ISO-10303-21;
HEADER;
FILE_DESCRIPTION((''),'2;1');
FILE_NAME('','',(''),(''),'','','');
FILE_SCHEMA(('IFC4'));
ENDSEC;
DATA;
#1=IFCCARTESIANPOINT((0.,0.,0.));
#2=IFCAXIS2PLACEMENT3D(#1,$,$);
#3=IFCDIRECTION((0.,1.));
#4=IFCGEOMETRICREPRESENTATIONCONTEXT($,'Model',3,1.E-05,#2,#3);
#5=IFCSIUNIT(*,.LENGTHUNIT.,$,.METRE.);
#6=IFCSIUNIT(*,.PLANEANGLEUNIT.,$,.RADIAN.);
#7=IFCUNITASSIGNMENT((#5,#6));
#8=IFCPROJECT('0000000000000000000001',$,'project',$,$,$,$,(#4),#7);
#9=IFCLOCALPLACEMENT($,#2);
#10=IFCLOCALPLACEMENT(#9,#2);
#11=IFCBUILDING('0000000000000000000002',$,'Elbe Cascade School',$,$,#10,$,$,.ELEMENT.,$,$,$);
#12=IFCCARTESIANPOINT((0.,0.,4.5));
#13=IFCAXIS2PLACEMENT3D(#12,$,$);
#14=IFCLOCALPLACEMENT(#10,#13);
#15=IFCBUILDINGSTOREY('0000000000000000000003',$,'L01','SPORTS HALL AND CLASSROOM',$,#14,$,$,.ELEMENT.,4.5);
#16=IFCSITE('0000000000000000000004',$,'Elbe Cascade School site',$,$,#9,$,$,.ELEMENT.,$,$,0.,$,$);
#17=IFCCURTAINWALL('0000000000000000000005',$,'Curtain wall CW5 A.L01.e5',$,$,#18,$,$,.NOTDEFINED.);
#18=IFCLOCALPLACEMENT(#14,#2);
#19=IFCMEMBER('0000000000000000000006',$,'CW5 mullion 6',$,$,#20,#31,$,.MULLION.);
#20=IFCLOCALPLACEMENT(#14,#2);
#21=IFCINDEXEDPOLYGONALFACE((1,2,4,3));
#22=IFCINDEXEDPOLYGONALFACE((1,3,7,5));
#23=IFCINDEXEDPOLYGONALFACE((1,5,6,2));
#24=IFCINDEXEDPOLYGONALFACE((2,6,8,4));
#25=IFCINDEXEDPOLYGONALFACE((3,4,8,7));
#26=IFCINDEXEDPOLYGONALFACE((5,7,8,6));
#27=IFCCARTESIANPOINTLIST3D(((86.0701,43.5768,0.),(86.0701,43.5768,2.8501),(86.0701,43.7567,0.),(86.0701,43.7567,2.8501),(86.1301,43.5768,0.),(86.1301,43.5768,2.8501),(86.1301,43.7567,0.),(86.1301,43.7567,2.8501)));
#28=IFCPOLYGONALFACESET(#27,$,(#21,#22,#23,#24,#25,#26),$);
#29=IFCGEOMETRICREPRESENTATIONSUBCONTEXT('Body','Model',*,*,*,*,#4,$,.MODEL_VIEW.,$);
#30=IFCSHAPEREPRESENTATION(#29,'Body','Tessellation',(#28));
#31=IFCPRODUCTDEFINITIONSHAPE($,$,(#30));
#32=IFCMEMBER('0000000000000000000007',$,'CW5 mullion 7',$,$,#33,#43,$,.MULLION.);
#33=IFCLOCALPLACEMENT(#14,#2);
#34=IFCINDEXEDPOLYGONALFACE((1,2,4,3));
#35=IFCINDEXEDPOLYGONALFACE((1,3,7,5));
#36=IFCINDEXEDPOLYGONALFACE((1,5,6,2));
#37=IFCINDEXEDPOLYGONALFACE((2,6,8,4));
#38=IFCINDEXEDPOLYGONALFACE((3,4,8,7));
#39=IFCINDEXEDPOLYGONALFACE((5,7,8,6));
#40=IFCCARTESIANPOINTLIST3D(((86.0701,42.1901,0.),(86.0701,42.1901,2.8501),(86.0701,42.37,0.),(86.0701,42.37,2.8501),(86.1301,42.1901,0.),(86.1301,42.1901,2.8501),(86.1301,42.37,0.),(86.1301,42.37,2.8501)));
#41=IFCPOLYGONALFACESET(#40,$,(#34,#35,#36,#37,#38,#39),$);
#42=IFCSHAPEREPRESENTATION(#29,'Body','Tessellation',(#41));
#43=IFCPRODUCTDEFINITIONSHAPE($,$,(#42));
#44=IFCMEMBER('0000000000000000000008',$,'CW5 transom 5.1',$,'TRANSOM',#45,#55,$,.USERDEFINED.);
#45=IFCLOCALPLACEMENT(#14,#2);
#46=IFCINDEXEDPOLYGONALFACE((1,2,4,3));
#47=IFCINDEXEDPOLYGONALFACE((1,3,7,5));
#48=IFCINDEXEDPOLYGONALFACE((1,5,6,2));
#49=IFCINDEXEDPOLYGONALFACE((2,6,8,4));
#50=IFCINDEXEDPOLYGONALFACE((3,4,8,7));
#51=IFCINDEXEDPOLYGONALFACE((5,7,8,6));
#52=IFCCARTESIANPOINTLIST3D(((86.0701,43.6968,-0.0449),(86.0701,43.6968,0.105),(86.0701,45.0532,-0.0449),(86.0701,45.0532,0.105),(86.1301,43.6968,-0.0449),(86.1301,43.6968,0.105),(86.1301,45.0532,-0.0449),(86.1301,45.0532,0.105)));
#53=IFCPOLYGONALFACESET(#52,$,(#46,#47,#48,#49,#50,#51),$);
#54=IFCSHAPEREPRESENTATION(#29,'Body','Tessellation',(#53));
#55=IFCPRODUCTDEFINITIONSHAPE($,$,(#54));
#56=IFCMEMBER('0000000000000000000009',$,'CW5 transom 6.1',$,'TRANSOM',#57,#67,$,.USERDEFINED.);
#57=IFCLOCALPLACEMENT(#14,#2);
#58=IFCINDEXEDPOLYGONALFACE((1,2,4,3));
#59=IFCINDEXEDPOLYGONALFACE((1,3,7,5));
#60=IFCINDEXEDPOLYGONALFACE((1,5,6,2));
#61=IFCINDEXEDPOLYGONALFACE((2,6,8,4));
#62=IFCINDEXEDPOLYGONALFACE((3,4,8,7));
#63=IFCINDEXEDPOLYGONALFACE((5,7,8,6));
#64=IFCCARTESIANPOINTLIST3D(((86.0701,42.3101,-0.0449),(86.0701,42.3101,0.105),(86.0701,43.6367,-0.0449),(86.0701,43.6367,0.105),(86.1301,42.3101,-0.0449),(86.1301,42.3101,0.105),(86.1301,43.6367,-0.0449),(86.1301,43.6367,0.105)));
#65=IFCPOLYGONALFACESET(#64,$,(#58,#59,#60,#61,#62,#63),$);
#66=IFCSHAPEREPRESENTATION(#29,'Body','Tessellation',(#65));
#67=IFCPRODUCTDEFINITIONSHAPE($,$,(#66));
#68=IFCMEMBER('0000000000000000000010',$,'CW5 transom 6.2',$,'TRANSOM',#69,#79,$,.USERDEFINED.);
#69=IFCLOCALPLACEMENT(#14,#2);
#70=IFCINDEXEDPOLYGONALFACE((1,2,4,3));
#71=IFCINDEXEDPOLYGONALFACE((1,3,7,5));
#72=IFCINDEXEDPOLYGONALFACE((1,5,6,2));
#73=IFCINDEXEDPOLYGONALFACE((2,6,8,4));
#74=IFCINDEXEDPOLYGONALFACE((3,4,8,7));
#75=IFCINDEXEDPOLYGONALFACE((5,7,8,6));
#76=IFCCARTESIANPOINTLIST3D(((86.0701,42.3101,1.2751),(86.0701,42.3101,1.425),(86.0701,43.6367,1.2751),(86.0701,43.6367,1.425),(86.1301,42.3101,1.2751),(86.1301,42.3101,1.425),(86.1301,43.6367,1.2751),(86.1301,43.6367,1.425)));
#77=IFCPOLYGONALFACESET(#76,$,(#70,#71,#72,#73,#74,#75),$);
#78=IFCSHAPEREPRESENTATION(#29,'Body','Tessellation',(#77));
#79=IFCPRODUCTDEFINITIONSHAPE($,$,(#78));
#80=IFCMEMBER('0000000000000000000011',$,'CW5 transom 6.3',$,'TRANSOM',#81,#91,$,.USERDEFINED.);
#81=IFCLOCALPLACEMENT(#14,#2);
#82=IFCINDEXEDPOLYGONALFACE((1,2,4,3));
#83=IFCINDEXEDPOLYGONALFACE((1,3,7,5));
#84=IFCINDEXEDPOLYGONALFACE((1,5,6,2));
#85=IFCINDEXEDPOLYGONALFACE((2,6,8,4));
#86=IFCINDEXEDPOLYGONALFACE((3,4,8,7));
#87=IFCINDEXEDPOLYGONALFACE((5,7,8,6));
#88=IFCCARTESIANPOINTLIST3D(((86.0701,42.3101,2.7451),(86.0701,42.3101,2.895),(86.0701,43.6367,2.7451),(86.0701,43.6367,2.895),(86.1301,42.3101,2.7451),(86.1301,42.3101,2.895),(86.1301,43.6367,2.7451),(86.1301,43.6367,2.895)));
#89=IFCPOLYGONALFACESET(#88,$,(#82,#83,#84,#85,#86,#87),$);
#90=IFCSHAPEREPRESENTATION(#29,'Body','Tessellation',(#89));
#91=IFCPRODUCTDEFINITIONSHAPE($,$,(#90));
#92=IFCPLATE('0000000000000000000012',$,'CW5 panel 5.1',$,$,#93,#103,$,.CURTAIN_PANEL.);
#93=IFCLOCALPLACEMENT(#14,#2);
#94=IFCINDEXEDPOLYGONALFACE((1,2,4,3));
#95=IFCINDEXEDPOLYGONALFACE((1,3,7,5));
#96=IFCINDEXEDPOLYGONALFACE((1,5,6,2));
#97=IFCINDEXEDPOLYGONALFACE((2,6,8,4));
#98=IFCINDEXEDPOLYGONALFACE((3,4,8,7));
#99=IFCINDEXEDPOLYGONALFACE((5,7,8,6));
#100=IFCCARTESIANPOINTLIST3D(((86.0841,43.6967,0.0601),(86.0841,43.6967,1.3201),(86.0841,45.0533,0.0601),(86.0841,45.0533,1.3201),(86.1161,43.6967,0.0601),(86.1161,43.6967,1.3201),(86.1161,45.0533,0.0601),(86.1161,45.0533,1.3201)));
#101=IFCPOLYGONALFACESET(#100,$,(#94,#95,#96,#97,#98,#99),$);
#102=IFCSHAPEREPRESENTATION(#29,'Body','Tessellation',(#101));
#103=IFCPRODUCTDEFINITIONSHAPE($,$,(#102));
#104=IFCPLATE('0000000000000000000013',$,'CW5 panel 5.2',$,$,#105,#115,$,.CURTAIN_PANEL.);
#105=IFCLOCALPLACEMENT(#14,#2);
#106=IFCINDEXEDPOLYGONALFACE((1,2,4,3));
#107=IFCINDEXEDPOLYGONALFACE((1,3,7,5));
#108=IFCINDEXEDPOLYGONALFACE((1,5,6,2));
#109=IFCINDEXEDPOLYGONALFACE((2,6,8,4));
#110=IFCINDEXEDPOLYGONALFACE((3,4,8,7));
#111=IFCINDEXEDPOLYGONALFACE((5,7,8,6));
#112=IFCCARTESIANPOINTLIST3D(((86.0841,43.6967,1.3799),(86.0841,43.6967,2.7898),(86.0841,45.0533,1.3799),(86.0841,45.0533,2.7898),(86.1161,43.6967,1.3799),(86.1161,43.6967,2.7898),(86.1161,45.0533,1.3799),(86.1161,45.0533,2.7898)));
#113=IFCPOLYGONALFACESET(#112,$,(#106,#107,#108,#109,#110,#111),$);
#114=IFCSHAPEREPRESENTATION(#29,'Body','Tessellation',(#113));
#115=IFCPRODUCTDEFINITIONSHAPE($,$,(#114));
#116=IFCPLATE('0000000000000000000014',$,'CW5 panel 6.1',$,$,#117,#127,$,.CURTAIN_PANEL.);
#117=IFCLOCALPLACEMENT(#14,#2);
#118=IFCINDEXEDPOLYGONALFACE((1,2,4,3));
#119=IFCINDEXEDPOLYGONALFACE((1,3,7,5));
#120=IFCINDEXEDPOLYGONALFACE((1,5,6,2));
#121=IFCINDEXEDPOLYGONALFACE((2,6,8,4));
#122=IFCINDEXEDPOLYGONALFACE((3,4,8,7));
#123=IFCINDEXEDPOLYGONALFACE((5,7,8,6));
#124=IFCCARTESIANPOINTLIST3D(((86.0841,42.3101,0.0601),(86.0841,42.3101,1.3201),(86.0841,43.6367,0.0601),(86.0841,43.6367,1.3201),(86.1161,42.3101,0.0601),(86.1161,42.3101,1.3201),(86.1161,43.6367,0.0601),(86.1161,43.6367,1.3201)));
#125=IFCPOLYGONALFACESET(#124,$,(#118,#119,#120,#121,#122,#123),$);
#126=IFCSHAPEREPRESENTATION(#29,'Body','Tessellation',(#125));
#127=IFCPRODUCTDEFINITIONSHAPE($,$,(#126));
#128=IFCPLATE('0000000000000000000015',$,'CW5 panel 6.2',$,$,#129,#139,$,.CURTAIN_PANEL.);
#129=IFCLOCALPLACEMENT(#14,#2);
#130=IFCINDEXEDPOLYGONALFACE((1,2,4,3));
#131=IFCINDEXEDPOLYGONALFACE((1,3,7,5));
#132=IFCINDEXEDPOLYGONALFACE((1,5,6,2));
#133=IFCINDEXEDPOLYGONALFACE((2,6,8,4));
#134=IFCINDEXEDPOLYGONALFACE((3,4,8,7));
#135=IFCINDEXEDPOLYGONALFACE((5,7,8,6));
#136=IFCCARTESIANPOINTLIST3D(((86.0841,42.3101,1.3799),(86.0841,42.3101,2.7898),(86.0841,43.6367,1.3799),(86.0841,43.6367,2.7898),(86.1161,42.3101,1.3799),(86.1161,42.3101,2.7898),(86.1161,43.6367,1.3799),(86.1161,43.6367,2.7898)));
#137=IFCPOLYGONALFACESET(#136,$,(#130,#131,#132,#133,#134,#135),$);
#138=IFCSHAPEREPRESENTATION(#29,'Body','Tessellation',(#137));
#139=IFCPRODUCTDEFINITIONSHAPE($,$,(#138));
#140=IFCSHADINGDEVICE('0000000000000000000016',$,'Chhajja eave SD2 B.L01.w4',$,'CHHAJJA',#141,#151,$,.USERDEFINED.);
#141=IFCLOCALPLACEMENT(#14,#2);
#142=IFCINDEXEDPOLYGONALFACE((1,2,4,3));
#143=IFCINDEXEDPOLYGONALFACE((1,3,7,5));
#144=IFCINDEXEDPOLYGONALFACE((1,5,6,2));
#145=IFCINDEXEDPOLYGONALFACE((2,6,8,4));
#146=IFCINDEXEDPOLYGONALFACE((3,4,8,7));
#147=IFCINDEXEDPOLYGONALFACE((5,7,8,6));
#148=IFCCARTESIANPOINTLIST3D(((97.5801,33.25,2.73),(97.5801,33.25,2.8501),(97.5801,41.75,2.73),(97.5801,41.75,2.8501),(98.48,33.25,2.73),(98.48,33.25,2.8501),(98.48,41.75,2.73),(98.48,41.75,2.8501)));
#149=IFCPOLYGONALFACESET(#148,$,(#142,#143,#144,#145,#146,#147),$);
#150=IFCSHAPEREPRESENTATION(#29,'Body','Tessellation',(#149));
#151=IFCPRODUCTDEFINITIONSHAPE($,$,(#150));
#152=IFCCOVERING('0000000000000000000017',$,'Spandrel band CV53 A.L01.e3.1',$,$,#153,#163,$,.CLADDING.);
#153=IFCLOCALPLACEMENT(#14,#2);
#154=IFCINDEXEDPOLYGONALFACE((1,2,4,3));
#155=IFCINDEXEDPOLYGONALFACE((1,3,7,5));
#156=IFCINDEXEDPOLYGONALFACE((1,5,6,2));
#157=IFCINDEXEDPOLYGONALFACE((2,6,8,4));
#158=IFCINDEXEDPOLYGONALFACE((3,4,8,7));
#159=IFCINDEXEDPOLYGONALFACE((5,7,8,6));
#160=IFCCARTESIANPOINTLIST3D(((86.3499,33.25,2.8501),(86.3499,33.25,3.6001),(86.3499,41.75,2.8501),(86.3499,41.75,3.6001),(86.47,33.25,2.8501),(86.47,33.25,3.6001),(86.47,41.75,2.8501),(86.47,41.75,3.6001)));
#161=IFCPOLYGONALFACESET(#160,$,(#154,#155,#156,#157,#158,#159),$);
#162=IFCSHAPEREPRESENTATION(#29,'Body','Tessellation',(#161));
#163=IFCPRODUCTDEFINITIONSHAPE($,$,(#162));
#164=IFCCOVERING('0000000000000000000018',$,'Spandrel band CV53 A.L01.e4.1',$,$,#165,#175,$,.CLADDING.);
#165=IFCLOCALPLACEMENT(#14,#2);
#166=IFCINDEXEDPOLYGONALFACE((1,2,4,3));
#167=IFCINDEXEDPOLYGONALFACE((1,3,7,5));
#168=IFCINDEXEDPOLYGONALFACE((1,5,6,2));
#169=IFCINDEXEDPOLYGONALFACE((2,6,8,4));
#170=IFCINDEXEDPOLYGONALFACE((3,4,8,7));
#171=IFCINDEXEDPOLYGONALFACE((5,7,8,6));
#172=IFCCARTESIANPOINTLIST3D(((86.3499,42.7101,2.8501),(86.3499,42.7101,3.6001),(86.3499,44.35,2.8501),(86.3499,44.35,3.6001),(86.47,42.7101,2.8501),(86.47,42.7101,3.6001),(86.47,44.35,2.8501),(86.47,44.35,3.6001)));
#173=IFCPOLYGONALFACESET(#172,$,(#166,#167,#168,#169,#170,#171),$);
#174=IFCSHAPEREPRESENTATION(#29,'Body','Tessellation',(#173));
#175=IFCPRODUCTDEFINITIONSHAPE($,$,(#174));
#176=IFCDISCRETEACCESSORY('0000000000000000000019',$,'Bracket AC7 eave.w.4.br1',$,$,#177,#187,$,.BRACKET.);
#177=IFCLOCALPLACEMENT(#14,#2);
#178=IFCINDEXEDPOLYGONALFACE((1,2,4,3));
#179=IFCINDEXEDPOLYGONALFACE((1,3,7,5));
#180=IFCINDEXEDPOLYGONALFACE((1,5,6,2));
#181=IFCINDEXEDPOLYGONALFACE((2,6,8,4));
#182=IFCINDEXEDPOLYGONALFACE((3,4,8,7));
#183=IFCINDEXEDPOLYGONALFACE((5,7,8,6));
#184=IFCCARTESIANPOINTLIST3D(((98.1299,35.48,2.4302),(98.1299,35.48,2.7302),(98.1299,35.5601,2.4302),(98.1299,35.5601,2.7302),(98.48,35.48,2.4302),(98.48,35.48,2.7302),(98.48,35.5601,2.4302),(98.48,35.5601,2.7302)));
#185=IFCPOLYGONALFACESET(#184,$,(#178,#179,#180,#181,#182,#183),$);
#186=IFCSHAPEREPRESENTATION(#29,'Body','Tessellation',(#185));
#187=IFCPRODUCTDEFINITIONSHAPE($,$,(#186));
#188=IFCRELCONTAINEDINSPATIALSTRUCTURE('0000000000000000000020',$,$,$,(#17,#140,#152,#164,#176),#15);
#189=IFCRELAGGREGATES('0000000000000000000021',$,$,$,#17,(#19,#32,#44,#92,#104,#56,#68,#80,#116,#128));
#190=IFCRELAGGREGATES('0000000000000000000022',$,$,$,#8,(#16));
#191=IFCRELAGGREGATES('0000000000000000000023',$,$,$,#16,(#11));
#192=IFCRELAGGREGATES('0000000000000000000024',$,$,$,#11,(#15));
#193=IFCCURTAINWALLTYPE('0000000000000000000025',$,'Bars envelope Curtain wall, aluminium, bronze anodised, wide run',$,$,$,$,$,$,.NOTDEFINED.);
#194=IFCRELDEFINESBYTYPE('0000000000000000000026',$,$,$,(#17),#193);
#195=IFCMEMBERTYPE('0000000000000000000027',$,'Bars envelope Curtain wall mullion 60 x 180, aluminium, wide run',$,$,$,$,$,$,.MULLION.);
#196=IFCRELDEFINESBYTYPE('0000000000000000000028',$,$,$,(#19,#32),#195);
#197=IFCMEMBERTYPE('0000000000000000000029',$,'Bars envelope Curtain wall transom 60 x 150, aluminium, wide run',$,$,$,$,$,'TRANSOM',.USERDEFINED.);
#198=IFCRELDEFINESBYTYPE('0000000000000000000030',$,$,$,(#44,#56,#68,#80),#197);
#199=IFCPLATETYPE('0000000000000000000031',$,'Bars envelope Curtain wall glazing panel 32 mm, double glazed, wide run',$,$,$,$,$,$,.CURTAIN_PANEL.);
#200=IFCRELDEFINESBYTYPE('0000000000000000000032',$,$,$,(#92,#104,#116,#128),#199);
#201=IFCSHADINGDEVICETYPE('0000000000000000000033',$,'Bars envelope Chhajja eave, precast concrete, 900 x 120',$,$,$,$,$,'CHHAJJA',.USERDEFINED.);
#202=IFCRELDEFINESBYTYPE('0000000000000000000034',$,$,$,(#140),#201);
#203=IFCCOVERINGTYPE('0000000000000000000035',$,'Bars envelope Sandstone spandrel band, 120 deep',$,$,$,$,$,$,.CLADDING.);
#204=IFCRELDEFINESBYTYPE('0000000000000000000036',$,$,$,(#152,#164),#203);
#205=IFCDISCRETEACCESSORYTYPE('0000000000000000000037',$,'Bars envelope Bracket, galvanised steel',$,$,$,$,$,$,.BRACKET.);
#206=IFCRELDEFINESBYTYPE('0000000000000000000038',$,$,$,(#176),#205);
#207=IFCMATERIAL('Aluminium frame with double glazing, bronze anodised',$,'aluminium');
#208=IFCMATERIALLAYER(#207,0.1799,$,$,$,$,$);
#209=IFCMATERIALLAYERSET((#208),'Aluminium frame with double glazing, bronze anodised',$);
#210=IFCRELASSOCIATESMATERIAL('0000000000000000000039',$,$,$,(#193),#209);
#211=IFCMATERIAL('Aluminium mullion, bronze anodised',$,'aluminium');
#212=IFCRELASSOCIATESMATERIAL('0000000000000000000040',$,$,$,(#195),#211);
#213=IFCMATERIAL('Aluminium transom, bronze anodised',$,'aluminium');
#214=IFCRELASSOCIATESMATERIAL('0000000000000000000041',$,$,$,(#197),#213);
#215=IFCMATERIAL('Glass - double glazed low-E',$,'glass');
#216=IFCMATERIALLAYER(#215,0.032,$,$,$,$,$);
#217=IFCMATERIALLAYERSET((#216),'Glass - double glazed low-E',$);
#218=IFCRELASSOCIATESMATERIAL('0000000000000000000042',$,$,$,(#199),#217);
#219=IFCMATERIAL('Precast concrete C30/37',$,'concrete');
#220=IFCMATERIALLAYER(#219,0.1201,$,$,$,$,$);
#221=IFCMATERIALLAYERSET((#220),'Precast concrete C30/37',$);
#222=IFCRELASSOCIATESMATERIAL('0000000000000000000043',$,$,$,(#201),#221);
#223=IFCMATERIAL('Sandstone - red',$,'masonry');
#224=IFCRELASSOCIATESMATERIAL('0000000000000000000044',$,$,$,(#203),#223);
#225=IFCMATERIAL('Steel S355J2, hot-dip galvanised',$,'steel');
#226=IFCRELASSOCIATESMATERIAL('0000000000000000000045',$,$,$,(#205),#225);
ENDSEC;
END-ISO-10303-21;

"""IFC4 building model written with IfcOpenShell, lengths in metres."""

from ifc_helpers import new_model, si_unit, direction, frame, origin, origin_2d, place, context, subcontext, project, spatial, rectangle, extrude, material, layer, layer_set, material_profile, profile_set, type_object, element, aggregate, save


model = new_model("IFC4")

# Units and contexts
model_context = context("Model", 3, precision=1e-05, world=origin(), true_north=direction((0.0, 1.0)))
body_context = subcontext(model_context, "Body", "Model", "MODEL_VIEW")
ifc_project = project(units=[si_unit("LENGTHUNIT", "METRE"), si_unit("PLANEANGLEUNIT", "RADIAN")], contexts=[model_context])

# Site, building, storey
site_placement = place(None, origin())
site = spatial("IfcSite", under=ifc_project, at=site_placement, Name="Elbe Cascade School site", CompositionType="ELEMENT", RefElevation=0.0)
building_placement = place(site_placement, origin())
building = spatial("IfcBuilding", under=site, at=building_placement, Name="Elbe Cascade School", CompositionType="ELEMENT")
storey_placement = place(building_placement, frame((0.0, 0.0, 4.5)))
storey = spatial("IfcBuildingStorey", under=building, at=storey_placement, Name="L01", Description="SPORTS HALL AND CLASSROOM", CompositionType="ELEMENT", Elevation=4.5)

# Curtain wall, members, plates
ifc_material_1 = material(Name="Aluminium frame with double glazing, bronze anodised", Category="aluminium")
ifc_layer_1 = layer(ifc_material_1, 0.1799)
ifc_layer_set_1 = layer_set([ifc_layer_1], Name="Aluminium frame with double glazing, bronze anodised")
curtain_wall_type = type_object("IfcCurtainWallType", Name="Bars envelope Curtain wall, aluminium, bronze anodised, wide run", PredefinedType="NOTDEFINED", material=ifc_layer_set_1)
curtain_wall_placement = place(storey_placement, origin())
curtain_wall = element("IfcCurtainWall", 1, at=curtain_wall_placement, inside=storey, type_object=curtain_wall_type, Name="Curtain wall CW5 A.L01.e5", PredefinedType="NOTDEFINED")
ifc_material_2 = material(Name="Aluminium mullion, bronze anodised", Category="aluminium")
ifc_material_profile_1 = material_profile(ifc_material_2, rectangle(XDim=0.0601, YDim=0.1799, at=origin_2d()), Name="Bars envelope Curtain wall mullion 60 x 180, aluminium, wide run")
ifc_profile_set_1 = profile_set([ifc_material_profile_1], Name="Aluminium mullion, bronze anodised")
member_type_1 = type_object("IfcMemberType", Name="Bars envelope Curtain wall mullion 60 x 180, aluminium, wide run", PredefinedType="MULLION", material=ifc_profile_set_1)
member_1_placement = place(storey_placement, frame((86.1001, 43.6667, 0.0), z_axis=(0.0, 0.0, 1.0), x_axis=(1.0, 0.0, 0.0)))
member_1 = element("IfcMember", 2, at=member_1_placement, type_object=member_type_1, Name="CW5 mullion 6", PredefinedType="MULLION", context=body_context, shape_type="SweptSolid", body=[
    extrude(rectangle(XDim=0.0601, YDim=0.1799, at=origin_2d()), origin(), (0.0, 0.0, 1.0), 2.8501),
])
member_2_placement = place(storey_placement, frame((86.1001, 42.28, 0.0), z_axis=(0.0, 0.0, 1.0), x_axis=(1.0, 0.0, 0.0)))
member_2 = element("IfcMember", 3, at=member_2_placement, type_object=member_type_1, Name="CW5 mullion 7", PredefinedType="MULLION", context=body_context, shape_type="SweptSolid", body=[
    extrude(rectangle(XDim=0.0601, YDim=0.1799, at=origin_2d()), origin(), (0.0, 0.0, 1.0), 2.8501),
])
ifc_material_3 = material(Name="Aluminium transom, bronze anodised", Category="aluminium")
ifc_material_profile_2 = material_profile(ifc_material_3, rectangle(XDim=0.0601, YDim=0.1499, at=origin_2d()), Name="Bars envelope Curtain wall transom 60 x 150, aluminium, wide run")
ifc_profile_set_2 = profile_set([ifc_material_profile_2], Name="Aluminium transom, bronze anodised")
member_type_2 = type_object("IfcMemberType", Name="Bars envelope Curtain wall transom 60 x 150, aluminium, wide run", ElementType="TRANSOM", PredefinedType="USERDEFINED", material=ifc_profile_set_2)
member_3_placement = place(storey_placement, frame((86.1001, 45.0532, 0.03), z_axis=(0.0, -1.0, 0.0), x_axis=(1.0, 0.0, 0.0)))
member_3 = element("IfcMember", 4, at=member_3_placement, type_object=member_type_2, Name="CW5 transom 5.1", ObjectType="TRANSOM", PredefinedType="USERDEFINED", context=body_context, shape_type="SweptSolid", body=[
    extrude(rectangle(XDim=0.0601, YDim=0.1499, at=origin_2d()), origin(), (0.0, 0.0, 1.0), 1.3564),
])
member_4_placement = place(storey_placement, frame((86.1001, 43.6367, 0.03), z_axis=(0.0, -1.0, 0.0), x_axis=(1.0, 0.0, 0.0)))
member_4 = element("IfcMember", 5, at=member_4_placement, type_object=member_type_2, Name="CW5 transom 6.1", ObjectType="TRANSOM", PredefinedType="USERDEFINED", context=body_context, shape_type="SweptSolid", body=[
    extrude(rectangle(XDim=0.0601, YDim=0.1499, at=origin_2d()), origin(), (0.0, 0.0, 1.0), 1.3267),
])
member_5_placement = place(storey_placement, frame((86.1001, 43.6367, 1.3501), z_axis=(0.0, -1.0, 0.0), x_axis=(1.0, 0.0, 0.0)))
member_5 = element("IfcMember", 6, at=member_5_placement, type_object=member_type_2, Name="CW5 transom 6.2", ObjectType="TRANSOM", PredefinedType="USERDEFINED", context=body_context, shape_type="SweptSolid", body=[
    extrude(rectangle(XDim=0.0601, YDim=0.1499, at=origin_2d()), origin(), (0.0, 0.0, 1.0), 1.3267),
])
member_6_placement = place(storey_placement, frame((86.1001, 43.6367, 2.8201), z_axis=(0.0, -1.0, 0.0), x_axis=(1.0, 0.0, 0.0)))
member_6 = element("IfcMember", 7, at=member_6_placement, type_object=member_type_2, Name="CW5 transom 6.3", ObjectType="TRANSOM", PredefinedType="USERDEFINED", context=body_context, shape_type="SweptSolid", body=[
    extrude(rectangle(XDim=0.0601, YDim=0.1499, at=origin_2d()), origin(), (0.0, 0.0, 1.0), 1.3267),
])
ifc_material_4 = material(Name="Glass - double glazed low-E", Category="glass")
ifc_layer_2 = layer(ifc_material_4, 0.032)
ifc_layer_set_2 = layer_set([ifc_layer_2], Name="Glass - double glazed low-E")
plate_type = type_object("IfcPlateType", Name="Bars envelope Curtain wall glazing panel 32 mm, double glazed, wide run", PredefinedType="CURTAIN_PANEL", material=ifc_layer_set_2)
plate_1_placement = place(storey_placement, frame((86.1001, 44.375, 0.0601), z_axis=(0.0, 0.0, 1.0), x_axis=(0.0, -1.0, 0.0)))
plate_1 = element("IfcPlate", 8, at=plate_1_placement, type_object=plate_type, Name="CW5 panel 5.1", PredefinedType="CURTAIN_PANEL", context=body_context, shape_type="SweptSolid", body=[
    extrude(rectangle(XDim=1.3567, YDim=0.032, at=origin_2d()), origin(), (0.0, 0.0, 1.0), 1.26),
])
plate_2_placement = place(storey_placement, frame((86.1001, 44.375, 1.3799), z_axis=(0.0, 0.0, 1.0), x_axis=(0.0, -1.0, 0.0)))
plate_2 = element("IfcPlate", 9, at=plate_2_placement, type_object=plate_type, Name="CW5 panel 5.2", PredefinedType="CURTAIN_PANEL", context=body_context, shape_type="SweptSolid", body=[
    extrude(rectangle(XDim=1.3567, YDim=0.032, at=origin_2d()), origin(), (0.0, 0.0, 1.0), 1.4099),
])
plate_3_placement = place(storey_placement, frame((86.1001, 42.9734, 0.0601), z_axis=(0.0, 0.0, 1.0), x_axis=(0.0, -1.0, 0.0)))
plate_3 = element("IfcPlate", 10, at=plate_3_placement, type_object=plate_type, Name="CW5 panel 6.1", PredefinedType="CURTAIN_PANEL", context=body_context, shape_type="SweptSolid", body=[
    extrude(rectangle(XDim=1.3267, YDim=0.032, at=origin_2d()), origin(), (0.0, 0.0, 1.0), 1.26),
])
plate_4_placement = place(storey_placement, frame((86.1001, 42.9734, 1.3799), z_axis=(0.0, 0.0, 1.0), x_axis=(0.0, -1.0, 0.0)))
plate_4 = element("IfcPlate", 11, at=plate_4_placement, type_object=plate_type, Name="CW5 panel 6.2", PredefinedType="CURTAIN_PANEL", context=body_context, shape_type="SweptSolid", body=[
    extrude(rectangle(XDim=1.3267, YDim=0.032, at=origin_2d()), origin(), (0.0, 0.0, 1.0), 1.4099),
])
aggregate(curtain_wall, [member_1, member_2, member_3, plate_1, plate_2, member_4, member_5, member_6, plate_3, plate_4])

# Shading device
ifc_material_5 = material(Name="Precast concrete C30/37", Category="concrete")
ifc_layer_3 = layer(ifc_material_5, 0.1201)
ifc_layer_set_3 = layer_set([ifc_layer_3], Name="Precast concrete C30/37")
shading_device_type_1 = type_object("IfcShadingDeviceType", Name="Bars envelope Chhajja eave, precast concrete, 900 x 120", ElementType="CHHAJJA", PredefinedType="USERDEFINED", material=ifc_layer_set_3)
shading_device_1_placement = place(storey_placement, frame((98.03, 37.5, 2.73), z_axis=(0.0, 0.0, 1.0), x_axis=(0.0, 1.0, 0.0)))
element("IfcShadingDevice", 12, at=shading_device_1_placement, inside=storey, type_object=shading_device_type_1, Name="Chhajja eave SD2 B.L01.w4", ObjectType="CHHAJJA", PredefinedType="USERDEFINED", context=body_context, shape_type="SweptSolid", body=[
    extrude(rectangle(XDim=8.5, YDim=0.8999, at=origin_2d()), origin(), (0.0, 0.0, 1.0), 0.1201),
])

# Coverings
ifc_material_6 = material(Name="Sandstone - red", Category="masonry")
covering_type = type_object("IfcCoveringType", Name="Bars envelope Sandstone spandrel band, 120 deep", PredefinedType="CLADDING", material=ifc_material_6)
covering_1_placement = place(storey_placement, frame((86.4099, 37.5, 2.8501), z_axis=(0.0, 0.0, 1.0), x_axis=(0.0, 1.0, 0.0)))
element("IfcCovering", 13, at=covering_1_placement, inside=storey, type_object=covering_type, Name="Spandrel band CV53 A.L01.e3.1", PredefinedType="CLADDING", context=body_context, shape_type="SweptSolid", body=[
    extrude(rectangle(XDim=8.5, YDim=0.1201, at=origin_2d()), origin(), (0.0, 0.0, 1.0), 0.75),
])
covering_2_placement = place(storey_placement, frame((86.4099, 43.53, 2.8501), z_axis=(0.0, 0.0, 1.0), x_axis=(0.0, 1.0, 0.0)))
element("IfcCovering", 14, at=covering_2_placement, inside=storey, type_object=covering_type, Name="Spandrel band CV53 A.L01.e4.1", PredefinedType="CLADDING", context=body_context, shape_type="SweptSolid", body=[
    extrude(rectangle(XDim=1.6399, YDim=0.1201, at=origin_2d()), origin(), (0.0, 0.0, 1.0), 0.75),
])

# Discrete accessory
ifc_material_7 = material(Name="Steel S355J2, hot-dip galvanised", Category="steel")
discrete_accessory_type = type_object("IfcDiscreteAccessoryType", Name="Bars envelope Bracket, galvanised steel", PredefinedType="BRACKET", material=ifc_material_7)
for number, where, z_axis, x_axis, name in (
    (15, (98.3049, 35.52, 2.4302), (0.0, 0.0, 1.0), (0.0, 1.0, 0.0), "Bracket AC7 eave.w.4.br1"),
):
    element("IfcDiscreteAccessory", number, at=place(storey_placement, frame(where, z_axis=z_axis, x_axis=x_axis)), inside=storey, type_object=discrete_accessory_type, Name=name, PredefinedType="BRACKET", context=body_context, shape_type="SweptSolid", body=[
        extrude(rectangle(XDim=0.0801, YDim=0.3501, at=origin_2d()), origin(), (0.0, 0.0, 1.0), 0.3),
    ])

save(model, "model.ifc")
